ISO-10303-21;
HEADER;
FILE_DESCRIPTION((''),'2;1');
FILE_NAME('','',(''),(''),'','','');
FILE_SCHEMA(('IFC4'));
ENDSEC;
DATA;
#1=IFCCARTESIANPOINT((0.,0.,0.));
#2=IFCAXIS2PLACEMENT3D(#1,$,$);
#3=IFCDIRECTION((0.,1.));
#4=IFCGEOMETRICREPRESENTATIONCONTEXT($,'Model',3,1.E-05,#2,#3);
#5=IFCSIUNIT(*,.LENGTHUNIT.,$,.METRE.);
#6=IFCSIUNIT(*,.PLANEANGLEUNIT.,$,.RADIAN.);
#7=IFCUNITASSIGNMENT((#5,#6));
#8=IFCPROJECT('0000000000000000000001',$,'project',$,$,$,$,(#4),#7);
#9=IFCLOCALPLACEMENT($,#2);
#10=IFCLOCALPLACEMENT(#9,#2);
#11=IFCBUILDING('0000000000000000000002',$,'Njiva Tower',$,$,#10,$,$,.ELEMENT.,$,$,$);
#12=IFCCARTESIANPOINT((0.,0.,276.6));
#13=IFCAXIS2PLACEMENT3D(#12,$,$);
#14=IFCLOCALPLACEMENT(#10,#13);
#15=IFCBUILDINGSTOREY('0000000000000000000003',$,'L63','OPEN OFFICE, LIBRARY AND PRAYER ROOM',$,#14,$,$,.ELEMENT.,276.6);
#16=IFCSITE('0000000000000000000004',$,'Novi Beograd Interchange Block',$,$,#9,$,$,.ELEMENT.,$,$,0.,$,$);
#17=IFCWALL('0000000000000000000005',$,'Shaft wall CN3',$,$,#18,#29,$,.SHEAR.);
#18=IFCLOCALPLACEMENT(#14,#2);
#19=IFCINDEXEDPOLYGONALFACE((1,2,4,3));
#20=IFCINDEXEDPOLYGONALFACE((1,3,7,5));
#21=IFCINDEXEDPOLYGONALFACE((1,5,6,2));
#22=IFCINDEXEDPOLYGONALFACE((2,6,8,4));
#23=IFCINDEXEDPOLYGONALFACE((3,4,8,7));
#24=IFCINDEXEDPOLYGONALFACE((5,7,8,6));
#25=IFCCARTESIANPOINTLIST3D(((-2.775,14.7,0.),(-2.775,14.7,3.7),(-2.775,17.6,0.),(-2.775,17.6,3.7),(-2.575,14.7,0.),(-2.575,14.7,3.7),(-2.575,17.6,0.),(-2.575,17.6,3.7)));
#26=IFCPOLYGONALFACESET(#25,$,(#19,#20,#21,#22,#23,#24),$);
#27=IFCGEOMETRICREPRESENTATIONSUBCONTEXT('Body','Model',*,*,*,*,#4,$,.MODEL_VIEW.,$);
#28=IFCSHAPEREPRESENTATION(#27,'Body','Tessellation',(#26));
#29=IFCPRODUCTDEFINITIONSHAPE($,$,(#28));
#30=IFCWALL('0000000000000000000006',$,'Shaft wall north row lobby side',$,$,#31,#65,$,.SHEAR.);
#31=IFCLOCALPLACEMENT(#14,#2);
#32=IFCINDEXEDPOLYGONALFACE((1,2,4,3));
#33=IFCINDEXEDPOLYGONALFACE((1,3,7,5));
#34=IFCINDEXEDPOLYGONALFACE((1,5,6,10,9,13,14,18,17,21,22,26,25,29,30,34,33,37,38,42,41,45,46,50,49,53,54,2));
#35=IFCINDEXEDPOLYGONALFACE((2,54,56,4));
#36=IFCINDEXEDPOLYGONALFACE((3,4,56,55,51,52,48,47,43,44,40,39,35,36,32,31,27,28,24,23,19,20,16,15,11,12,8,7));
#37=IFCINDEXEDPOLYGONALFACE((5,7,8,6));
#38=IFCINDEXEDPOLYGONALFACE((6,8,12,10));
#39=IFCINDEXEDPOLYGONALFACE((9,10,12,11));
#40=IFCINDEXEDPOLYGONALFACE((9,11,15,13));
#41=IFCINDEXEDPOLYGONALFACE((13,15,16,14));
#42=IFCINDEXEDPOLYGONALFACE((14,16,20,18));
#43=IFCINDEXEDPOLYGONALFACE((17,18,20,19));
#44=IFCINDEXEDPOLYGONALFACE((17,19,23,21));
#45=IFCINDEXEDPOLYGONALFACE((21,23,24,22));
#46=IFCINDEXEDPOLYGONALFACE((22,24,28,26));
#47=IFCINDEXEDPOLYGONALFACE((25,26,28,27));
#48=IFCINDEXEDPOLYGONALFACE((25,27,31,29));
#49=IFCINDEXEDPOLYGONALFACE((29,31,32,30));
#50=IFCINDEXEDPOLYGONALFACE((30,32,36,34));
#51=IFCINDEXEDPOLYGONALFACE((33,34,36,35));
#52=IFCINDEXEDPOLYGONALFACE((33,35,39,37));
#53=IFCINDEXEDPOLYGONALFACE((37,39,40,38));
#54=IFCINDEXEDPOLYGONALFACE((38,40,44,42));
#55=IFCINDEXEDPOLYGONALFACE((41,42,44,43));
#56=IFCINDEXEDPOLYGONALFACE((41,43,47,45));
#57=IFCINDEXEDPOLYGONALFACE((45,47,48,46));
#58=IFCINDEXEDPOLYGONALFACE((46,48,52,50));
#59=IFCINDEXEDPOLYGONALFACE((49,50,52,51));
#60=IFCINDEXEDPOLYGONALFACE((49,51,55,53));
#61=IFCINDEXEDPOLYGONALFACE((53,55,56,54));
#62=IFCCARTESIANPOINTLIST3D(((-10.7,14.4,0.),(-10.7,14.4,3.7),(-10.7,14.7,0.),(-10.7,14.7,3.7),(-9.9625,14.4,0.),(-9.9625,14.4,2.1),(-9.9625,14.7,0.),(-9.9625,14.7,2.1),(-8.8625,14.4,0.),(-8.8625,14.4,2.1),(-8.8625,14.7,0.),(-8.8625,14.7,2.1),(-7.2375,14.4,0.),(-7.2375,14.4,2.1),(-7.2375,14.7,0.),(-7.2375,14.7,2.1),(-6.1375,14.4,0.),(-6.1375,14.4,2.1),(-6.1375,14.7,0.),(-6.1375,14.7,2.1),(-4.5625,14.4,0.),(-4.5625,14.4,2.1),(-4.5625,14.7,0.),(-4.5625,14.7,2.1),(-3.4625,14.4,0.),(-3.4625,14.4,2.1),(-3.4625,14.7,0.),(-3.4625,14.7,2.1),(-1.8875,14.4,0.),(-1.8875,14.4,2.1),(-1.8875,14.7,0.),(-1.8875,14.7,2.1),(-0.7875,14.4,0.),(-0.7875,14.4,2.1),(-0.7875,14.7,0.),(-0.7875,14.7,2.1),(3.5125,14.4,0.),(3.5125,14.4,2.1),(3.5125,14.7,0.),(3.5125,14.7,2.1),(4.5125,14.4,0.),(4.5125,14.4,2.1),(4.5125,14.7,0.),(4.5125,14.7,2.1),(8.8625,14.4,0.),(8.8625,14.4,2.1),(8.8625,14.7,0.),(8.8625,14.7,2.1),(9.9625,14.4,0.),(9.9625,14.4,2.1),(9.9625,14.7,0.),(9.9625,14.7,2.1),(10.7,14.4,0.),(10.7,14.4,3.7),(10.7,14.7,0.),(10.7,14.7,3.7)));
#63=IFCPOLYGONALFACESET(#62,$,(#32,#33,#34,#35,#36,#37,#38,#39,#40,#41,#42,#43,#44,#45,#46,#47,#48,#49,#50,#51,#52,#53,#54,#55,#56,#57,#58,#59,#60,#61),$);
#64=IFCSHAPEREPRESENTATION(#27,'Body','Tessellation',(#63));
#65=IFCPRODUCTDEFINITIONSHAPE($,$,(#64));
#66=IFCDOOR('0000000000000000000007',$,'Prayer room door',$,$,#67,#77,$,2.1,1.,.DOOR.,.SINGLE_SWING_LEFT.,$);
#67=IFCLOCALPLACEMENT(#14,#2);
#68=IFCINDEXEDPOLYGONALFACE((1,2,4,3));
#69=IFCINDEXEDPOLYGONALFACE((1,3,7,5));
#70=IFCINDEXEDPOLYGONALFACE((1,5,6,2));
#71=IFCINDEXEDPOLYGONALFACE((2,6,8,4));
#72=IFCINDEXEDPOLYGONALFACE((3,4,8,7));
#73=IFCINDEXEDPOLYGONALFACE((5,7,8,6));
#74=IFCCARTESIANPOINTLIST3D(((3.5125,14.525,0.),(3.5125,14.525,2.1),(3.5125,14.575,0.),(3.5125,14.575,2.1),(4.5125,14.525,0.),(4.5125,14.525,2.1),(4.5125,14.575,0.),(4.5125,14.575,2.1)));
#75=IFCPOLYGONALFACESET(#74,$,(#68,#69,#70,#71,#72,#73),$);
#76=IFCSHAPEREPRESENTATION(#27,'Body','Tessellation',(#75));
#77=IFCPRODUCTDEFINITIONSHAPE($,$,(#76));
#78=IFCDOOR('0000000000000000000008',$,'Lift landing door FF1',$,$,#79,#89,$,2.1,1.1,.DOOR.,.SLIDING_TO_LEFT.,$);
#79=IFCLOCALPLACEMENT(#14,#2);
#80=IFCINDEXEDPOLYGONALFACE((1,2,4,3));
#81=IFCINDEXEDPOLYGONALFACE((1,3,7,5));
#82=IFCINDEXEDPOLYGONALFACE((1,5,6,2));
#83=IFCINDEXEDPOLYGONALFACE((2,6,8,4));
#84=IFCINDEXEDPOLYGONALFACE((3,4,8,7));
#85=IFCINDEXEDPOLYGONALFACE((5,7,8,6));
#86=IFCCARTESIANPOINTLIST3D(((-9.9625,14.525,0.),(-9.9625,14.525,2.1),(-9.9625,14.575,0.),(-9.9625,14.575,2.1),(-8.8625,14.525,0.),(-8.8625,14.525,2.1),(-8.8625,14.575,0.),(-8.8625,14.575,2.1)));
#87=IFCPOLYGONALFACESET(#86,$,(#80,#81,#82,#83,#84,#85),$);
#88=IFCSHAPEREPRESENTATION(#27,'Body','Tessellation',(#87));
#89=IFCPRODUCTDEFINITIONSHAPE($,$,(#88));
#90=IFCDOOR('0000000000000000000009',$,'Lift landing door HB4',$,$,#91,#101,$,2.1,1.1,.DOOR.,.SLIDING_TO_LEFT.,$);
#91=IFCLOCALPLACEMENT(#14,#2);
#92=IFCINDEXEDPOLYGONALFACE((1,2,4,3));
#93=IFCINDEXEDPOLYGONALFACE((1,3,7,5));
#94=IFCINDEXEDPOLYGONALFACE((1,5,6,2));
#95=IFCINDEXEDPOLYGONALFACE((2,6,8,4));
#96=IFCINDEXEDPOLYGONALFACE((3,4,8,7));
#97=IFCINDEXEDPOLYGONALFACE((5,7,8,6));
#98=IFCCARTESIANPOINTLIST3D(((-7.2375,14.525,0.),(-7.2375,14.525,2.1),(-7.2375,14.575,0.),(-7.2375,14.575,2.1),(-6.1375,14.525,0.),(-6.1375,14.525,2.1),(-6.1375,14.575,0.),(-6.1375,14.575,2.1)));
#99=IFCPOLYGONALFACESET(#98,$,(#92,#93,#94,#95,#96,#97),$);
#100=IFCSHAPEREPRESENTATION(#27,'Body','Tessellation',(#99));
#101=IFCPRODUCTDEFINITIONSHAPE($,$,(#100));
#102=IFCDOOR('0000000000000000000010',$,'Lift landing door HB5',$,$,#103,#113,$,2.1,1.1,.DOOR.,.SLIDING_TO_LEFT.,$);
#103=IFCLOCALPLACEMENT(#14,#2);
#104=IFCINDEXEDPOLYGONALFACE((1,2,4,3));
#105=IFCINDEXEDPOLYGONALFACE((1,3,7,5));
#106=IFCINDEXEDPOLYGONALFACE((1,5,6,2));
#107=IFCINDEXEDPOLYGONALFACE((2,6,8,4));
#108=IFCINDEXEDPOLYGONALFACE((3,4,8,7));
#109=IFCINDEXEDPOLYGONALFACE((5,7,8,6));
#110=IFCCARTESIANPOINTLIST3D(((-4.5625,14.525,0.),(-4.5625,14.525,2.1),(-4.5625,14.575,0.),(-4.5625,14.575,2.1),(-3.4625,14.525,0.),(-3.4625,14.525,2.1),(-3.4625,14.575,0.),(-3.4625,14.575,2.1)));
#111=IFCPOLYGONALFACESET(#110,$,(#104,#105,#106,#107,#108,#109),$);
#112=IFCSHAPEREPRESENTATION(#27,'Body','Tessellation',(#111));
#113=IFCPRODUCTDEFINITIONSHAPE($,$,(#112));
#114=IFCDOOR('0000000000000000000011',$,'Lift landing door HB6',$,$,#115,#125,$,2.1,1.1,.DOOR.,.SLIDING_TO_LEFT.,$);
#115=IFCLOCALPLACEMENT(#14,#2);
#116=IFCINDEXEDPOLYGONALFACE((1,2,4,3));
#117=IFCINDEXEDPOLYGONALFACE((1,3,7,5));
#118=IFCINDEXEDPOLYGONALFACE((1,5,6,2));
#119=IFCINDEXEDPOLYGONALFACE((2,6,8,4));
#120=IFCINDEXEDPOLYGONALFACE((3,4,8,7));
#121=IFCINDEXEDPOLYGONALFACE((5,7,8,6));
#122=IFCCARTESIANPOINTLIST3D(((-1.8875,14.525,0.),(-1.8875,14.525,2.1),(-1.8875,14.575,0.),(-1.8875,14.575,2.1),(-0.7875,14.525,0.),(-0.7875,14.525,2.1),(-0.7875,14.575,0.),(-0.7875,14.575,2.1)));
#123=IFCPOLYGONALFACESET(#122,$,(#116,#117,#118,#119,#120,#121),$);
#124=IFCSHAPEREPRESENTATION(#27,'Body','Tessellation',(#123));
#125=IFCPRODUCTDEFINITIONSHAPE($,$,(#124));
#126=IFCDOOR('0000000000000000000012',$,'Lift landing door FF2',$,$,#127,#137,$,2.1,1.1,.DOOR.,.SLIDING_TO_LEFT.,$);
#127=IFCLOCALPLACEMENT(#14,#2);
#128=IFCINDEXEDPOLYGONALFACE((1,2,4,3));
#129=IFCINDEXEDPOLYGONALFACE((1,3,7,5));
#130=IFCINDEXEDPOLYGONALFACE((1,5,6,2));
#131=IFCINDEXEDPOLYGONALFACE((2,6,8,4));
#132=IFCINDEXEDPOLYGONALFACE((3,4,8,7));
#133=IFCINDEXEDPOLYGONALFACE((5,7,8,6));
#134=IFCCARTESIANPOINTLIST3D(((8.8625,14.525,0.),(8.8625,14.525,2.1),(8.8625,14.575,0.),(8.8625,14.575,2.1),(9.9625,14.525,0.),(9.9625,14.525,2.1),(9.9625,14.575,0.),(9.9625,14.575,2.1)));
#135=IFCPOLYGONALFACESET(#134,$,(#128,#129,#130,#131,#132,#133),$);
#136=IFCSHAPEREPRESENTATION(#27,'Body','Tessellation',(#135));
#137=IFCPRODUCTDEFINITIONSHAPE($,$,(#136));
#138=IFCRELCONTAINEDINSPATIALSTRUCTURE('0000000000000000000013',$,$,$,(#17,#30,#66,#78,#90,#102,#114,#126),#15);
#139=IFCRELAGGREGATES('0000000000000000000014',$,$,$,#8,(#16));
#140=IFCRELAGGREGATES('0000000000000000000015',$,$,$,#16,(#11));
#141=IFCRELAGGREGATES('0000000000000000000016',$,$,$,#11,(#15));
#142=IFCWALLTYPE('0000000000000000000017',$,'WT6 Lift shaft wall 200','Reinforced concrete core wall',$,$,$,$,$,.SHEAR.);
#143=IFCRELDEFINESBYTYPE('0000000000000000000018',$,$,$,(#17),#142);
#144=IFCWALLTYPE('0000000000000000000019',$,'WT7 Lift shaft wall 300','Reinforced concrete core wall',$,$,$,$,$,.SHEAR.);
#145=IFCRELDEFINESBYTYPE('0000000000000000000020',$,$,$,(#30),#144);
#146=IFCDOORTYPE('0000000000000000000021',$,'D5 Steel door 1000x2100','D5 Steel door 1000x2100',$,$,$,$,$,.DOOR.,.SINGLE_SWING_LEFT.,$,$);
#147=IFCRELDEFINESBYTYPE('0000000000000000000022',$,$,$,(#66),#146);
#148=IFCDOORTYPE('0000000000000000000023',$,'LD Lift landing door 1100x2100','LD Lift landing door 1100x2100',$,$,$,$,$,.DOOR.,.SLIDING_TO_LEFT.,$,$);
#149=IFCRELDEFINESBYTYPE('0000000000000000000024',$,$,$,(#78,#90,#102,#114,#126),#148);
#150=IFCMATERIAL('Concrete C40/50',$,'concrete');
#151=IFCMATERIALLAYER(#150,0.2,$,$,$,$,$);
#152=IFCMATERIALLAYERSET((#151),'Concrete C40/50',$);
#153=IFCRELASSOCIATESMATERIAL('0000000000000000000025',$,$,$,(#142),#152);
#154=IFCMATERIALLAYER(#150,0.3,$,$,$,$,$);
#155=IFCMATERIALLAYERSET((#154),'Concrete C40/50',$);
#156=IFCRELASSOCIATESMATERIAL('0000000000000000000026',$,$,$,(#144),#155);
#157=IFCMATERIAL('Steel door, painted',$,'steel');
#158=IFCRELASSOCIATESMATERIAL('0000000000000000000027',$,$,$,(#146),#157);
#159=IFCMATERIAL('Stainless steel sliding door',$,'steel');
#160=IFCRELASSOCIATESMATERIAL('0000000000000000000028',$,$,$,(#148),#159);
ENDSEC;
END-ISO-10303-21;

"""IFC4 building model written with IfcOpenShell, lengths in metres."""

from ifc_helpers import new_model, si_unit, direction, frame, frame_2d, origin, place, context, subcontext, project, spatial, rectangle, extrude, material, layer, layer_set, type_object, element, fill, save


model = new_model("IFC4")

# Units and contexts
model_context = context("Model", 3, precision=1e-05, world=origin(), true_north=direction((0.0, 1.0)))
body_context = subcontext(model_context, "Body", "Model", "MODEL_VIEW")
ifc_project = project(units=[si_unit("LENGTHUNIT", "METRE"), si_unit("PLANEANGLEUNIT", "RADIAN")], contexts=[model_context])

# Site, building, storey
site_placement = place(None, origin())
site = spatial("IfcSite", under=ifc_project, at=site_placement, Name="Novi Beograd Interchange Block", CompositionType="ELEMENT", RefElevation=0.0)
building_placement = place(site_placement, origin())
building = spatial("IfcBuilding", under=site, at=building_placement, Name="Njiva Tower", CompositionType="ELEMENT")
storey_placement = place(building_placement, frame((0.0, 0.0, 276.6)))
storey = spatial("IfcBuildingStorey", under=building, at=storey_placement, Name="L63", Description="OPEN OFFICE, LIBRARY AND PRAYER ROOM", CompositionType="ELEMENT", Elevation=276.6)

# Wall
ifc_material_1 = material(Name="Concrete C40/50", Category="concrete")
ifc_layer_1 = layer(ifc_material_1, 0.2)
ifc_layer_set_1 = layer_set([ifc_layer_1], Name="Concrete C40/50")
wall_type_1 = type_object("IfcWallType", Name="WT6 Lift shaft wall 200", Description="Reinforced concrete core wall", PredefinedType="SHEAR", material=ifc_layer_set_1)
for number, where, z_axis, x_axis, name in (
    (1, (-2.675, 14.7, 0.0), (0.0, 0.0, 1.0), (0.0, 1.0, 0.0), "Shaft wall CN3"),
):
    element("IfcWall", number, at=place(storey_placement, frame(where, z_axis=z_axis, x_axis=x_axis)), inside=storey, type_object=wall_type_1, Name=name, PredefinedType="SHEAR", context=body_context, shape_type="SweptSolid", body=[
        extrude(rectangle(XDim=2.9, YDim=0.2, at=frame_2d((1.45, 0.0))), origin(), (0.0, 0.0, 1.0), 3.7),
    ])

# Wall, openings, doors
ifc_layer_2 = layer(ifc_material_1, 0.3)
ifc_layer_set_2 = layer_set([ifc_layer_2], Name="Concrete C40/50")
wall_type_2 = type_object("IfcWallType", Name="WT7 Lift shaft wall 300", Description="Reinforced concrete core wall", PredefinedType="SHEAR", material=ifc_layer_set_2)
wall_1_placement = place(storey_placement, frame((-10.7, 14.55, 0.0), z_axis=(0.0, 0.0, 1.0), x_axis=(1.0, 0.0, 0.0)))
wall_1 = element("IfcWall", 2, at=wall_1_placement, inside=storey, type_object=wall_type_2, Name="Shaft wall north row lobby side", PredefinedType="SHEAR", context=body_context, shape_type="SweptSolid", body=[
    extrude(rectangle(XDim=21.4, YDim=0.3, at=frame_2d((10.7, 0.0))), origin(), (0.0, 0.0, 1.0), 3.7),
])
opening_1_placement = place(wall_1_placement, frame((0.7375, 0.0, 0.0)))
opening_1 = element("IfcOpeningElement", 3, at=opening_1_placement, cuts=wall_1, PredefinedType="OPENING", context=body_context, shape_type="SweptSolid", body=[
    extrude(rectangle(XDim=1.1, YDim=2.1, at=frame_2d((0.55, 1.05))), frame((0.0, 0.16, 0.0), z_axis=(0.0, -1.0, 0.0), x_axis=(1.0, 0.0, 0.0)), (0.0, 0.0, 1.0), 0.32),
])
opening_2_placement = place(wall_1_placement, frame((3.4625, 0.0, 0.0)))
opening_2 = element("IfcOpeningElement", 4, at=opening_2_placement, cuts=wall_1, PredefinedType="OPENING", context=body_context, shape_type="SweptSolid", body=[
    extrude(rectangle(XDim=1.1, YDim=2.1, at=frame_2d((0.55, 1.05))), frame((0.0, 0.16, 0.0), z_axis=(0.0, -1.0, 0.0), x_axis=(1.0, 0.0, 0.0)), (0.0, 0.0, 1.0), 0.32),
])
opening_3_placement = place(wall_1_placement, frame((6.1375, 0.0, 0.0)))
opening_3 = element("IfcOpeningElement", 5, at=opening_3_placement, cuts=wall_1, PredefinedType="OPENING", context=body_context, shape_type="SweptSolid", body=[
    extrude(rectangle(XDim=1.1, YDim=2.1, at=frame_2d((0.55, 1.05))), frame((0.0, 0.16, 0.0), z_axis=(0.0, -1.0, 0.0), x_axis=(1.0, 0.0, 0.0)), (0.0, 0.0, 1.0), 0.32),
])
opening_4_placement = place(wall_1_placement, frame((8.8125, 0.0, 0.0)))
opening_4 = element("IfcOpeningElement", 6, at=opening_4_placement, cuts=wall_1, PredefinedType="OPENING", context=body_context, shape_type="SweptSolid", body=[
    extrude(rectangle(XDim=1.1, YDim=2.1, at=frame_2d((0.55, 1.05))), frame((0.0, 0.16, 0.0), z_axis=(0.0, -1.0, 0.0), x_axis=(1.0, 0.0, 0.0)), (0.0, 0.0, 1.0), 0.32),
])
opening_5_placement = place(wall_1_placement, frame((19.5625, 0.0, 0.0)))
opening_5 = element("IfcOpeningElement", 7, at=opening_5_placement, cuts=wall_1, PredefinedType="OPENING", context=body_context, shape_type="SweptSolid", body=[
    extrude(rectangle(XDim=1.1, YDim=2.1, at=frame_2d((0.55, 1.05))), frame((0.0, 0.16, 0.0), z_axis=(0.0, -1.0, 0.0), x_axis=(1.0, 0.0, 0.0)), (0.0, 0.0, 1.0), 0.32),
])
opening_6_placement = place(wall_1_placement, frame((14.2125, 0.0, 0.0)))
opening_6 = element("IfcOpeningElement", 8, at=opening_6_placement, cuts=wall_1, PredefinedType="OPENING", context=body_context, shape_type="SweptSolid", body=[
    extrude(rectangle(XDim=1.0, YDim=2.1, at=frame_2d((0.5, 1.05))), frame((0.0, 0.16, 0.0), z_axis=(0.0, -1.0, 0.0), x_axis=(1.0, 0.0, 0.0)), (0.0, 0.0, 1.0), 0.32),
])
ifc_material_2 = material(Name="Steel door, painted", Category="steel")
door_type_1 = type_object("IfcDoorType", Name="D5 Steel door 1000x2100", Description="D5 Steel door 1000x2100", OperationType="SINGLE_SWING_LEFT", PredefinedType="DOOR", material=ifc_material_2)
door_1_placement = place(opening_6_placement, origin())
door_1 = element("IfcDoor", 9, at=door_1_placement, inside=storey, type_object=door_type_1, Name="Prayer room door", OperationType="SINGLE_SWING_LEFT", OverallHeight=2.1, OverallWidth=1.0, PredefinedType="DOOR", context=body_context, shape_type="SweptSolid", body=[
    extrude(rectangle(XDim=1.0, YDim=2.1, at=frame_2d((0.5, 1.05))), frame((0.0, 0.025, 0.0), z_axis=(0.0, -1.0, 0.0), x_axis=(1.0, 0.0, 0.0)), (0.0, 0.0, 1.0), 0.05),
])
fill(opening_6, door_1)
ifc_material_3 = material(Name="Stainless steel sliding door", Category="steel")
door_type_2 = type_object("IfcDoorType", Name="LD Lift landing door 1100x2100", Description="LD Lift landing door 1100x2100", OperationType="SLIDING_TO_LEFT", PredefinedType="DOOR", material=ifc_material_3)
door_2_placement = place(opening_1_placement, origin())
door_2 = element("IfcDoor", 10, at=door_2_placement, inside=storey, type_object=door_type_2, Name="Lift landing door FF1", OperationType="SLIDING_TO_LEFT", OverallHeight=2.1, OverallWidth=1.1, PredefinedType="DOOR", context=body_context, shape_type="SweptSolid", body=[
    extrude(rectangle(XDim=1.1, YDim=2.1, at=frame_2d((0.55, 1.05))), frame((0.0, 0.025, 0.0), z_axis=(0.0, -1.0, 0.0), x_axis=(1.0, 0.0, 0.0)), (0.0, 0.0, 1.0), 0.05),
])
fill(opening_1, door_2)
door_3_placement = place(opening_2_placement, origin())
door_3 = element("IfcDoor", 11, at=door_3_placement, inside=storey, type_object=door_type_2, Name="Lift landing door HB4", OperationType="SLIDING_TO_LEFT", OverallHeight=2.1, OverallWidth=1.1, PredefinedType="DOOR", context=body_context, shape_type="SweptSolid", body=[
    extrude(rectangle(XDim=1.1, YDim=2.1, at=frame_2d((0.55, 1.05))), frame((0.0, 0.025, 0.0), z_axis=(0.0, -1.0, 0.0), x_axis=(1.0, 0.0, 0.0)), (0.0, 0.0, 1.0), 0.05),
])
fill(opening_2, door_3)
door_4_placement = place(opening_3_placement, origin())
door_4 = element("IfcDoor", 12, at=door_4_placement, inside=storey, type_object=door_type_2, Name="Lift landing door HB5", OperationType="SLIDING_TO_LEFT", OverallHeight=2.1, OverallWidth=1.1, PredefinedType="DOOR", context=body_context, shape_type="SweptSolid", body=[
    extrude(rectangle(XDim=1.1, YDim=2.1, at=frame_2d((0.55, 1.05))), frame((0.0, 0.025, 0.0), z_axis=(0.0, -1.0, 0.0), x_axis=(1.0, 0.0, 0.0)), (0.0, 0.0, 1.0), 0.05),
])
fill(opening_3, door_4)
door_5_placement = place(opening_4_placement, origin())
door_5 = element("IfcDoor", 13, at=door_5_placement, inside=storey, type_object=door_type_2, Name="Lift landing door HB6", OperationType="SLIDING_TO_LEFT", OverallHeight=2.1, OverallWidth=1.1, PredefinedType="DOOR", context=body_context, shape_type="SweptSolid", body=[
    extrude(rectangle(XDim=1.1, YDim=2.1, at=frame_2d((0.55, 1.05))), frame((0.0, 0.025, 0.0), z_axis=(0.0, -1.0, 0.0), x_axis=(1.0, 0.0, 0.0)), (0.0, 0.0, 1.0), 0.05),
])
fill(opening_4, door_5)
door_6_placement = place(opening_5_placement, origin())
door_6 = element("IfcDoor", 14, at=door_6_placement, inside=storey, type_object=door_type_2, Name="Lift landing door FF2", OperationType="SLIDING_TO_LEFT", OverallHeight=2.1, OverallWidth=1.1, PredefinedType="DOOR", context=body_context, shape_type="SweptSolid", body=[
    extrude(rectangle(XDim=1.1, YDim=2.1, at=frame_2d((0.55, 1.05))), frame((0.0, 0.025, 0.0), z_axis=(0.0, -1.0, 0.0), x_axis=(1.0, 0.0, 0.0)), (0.0, 0.0, 1.0), 0.05),
])
fill(opening_5, door_6)

save(model, "model.ifc")
